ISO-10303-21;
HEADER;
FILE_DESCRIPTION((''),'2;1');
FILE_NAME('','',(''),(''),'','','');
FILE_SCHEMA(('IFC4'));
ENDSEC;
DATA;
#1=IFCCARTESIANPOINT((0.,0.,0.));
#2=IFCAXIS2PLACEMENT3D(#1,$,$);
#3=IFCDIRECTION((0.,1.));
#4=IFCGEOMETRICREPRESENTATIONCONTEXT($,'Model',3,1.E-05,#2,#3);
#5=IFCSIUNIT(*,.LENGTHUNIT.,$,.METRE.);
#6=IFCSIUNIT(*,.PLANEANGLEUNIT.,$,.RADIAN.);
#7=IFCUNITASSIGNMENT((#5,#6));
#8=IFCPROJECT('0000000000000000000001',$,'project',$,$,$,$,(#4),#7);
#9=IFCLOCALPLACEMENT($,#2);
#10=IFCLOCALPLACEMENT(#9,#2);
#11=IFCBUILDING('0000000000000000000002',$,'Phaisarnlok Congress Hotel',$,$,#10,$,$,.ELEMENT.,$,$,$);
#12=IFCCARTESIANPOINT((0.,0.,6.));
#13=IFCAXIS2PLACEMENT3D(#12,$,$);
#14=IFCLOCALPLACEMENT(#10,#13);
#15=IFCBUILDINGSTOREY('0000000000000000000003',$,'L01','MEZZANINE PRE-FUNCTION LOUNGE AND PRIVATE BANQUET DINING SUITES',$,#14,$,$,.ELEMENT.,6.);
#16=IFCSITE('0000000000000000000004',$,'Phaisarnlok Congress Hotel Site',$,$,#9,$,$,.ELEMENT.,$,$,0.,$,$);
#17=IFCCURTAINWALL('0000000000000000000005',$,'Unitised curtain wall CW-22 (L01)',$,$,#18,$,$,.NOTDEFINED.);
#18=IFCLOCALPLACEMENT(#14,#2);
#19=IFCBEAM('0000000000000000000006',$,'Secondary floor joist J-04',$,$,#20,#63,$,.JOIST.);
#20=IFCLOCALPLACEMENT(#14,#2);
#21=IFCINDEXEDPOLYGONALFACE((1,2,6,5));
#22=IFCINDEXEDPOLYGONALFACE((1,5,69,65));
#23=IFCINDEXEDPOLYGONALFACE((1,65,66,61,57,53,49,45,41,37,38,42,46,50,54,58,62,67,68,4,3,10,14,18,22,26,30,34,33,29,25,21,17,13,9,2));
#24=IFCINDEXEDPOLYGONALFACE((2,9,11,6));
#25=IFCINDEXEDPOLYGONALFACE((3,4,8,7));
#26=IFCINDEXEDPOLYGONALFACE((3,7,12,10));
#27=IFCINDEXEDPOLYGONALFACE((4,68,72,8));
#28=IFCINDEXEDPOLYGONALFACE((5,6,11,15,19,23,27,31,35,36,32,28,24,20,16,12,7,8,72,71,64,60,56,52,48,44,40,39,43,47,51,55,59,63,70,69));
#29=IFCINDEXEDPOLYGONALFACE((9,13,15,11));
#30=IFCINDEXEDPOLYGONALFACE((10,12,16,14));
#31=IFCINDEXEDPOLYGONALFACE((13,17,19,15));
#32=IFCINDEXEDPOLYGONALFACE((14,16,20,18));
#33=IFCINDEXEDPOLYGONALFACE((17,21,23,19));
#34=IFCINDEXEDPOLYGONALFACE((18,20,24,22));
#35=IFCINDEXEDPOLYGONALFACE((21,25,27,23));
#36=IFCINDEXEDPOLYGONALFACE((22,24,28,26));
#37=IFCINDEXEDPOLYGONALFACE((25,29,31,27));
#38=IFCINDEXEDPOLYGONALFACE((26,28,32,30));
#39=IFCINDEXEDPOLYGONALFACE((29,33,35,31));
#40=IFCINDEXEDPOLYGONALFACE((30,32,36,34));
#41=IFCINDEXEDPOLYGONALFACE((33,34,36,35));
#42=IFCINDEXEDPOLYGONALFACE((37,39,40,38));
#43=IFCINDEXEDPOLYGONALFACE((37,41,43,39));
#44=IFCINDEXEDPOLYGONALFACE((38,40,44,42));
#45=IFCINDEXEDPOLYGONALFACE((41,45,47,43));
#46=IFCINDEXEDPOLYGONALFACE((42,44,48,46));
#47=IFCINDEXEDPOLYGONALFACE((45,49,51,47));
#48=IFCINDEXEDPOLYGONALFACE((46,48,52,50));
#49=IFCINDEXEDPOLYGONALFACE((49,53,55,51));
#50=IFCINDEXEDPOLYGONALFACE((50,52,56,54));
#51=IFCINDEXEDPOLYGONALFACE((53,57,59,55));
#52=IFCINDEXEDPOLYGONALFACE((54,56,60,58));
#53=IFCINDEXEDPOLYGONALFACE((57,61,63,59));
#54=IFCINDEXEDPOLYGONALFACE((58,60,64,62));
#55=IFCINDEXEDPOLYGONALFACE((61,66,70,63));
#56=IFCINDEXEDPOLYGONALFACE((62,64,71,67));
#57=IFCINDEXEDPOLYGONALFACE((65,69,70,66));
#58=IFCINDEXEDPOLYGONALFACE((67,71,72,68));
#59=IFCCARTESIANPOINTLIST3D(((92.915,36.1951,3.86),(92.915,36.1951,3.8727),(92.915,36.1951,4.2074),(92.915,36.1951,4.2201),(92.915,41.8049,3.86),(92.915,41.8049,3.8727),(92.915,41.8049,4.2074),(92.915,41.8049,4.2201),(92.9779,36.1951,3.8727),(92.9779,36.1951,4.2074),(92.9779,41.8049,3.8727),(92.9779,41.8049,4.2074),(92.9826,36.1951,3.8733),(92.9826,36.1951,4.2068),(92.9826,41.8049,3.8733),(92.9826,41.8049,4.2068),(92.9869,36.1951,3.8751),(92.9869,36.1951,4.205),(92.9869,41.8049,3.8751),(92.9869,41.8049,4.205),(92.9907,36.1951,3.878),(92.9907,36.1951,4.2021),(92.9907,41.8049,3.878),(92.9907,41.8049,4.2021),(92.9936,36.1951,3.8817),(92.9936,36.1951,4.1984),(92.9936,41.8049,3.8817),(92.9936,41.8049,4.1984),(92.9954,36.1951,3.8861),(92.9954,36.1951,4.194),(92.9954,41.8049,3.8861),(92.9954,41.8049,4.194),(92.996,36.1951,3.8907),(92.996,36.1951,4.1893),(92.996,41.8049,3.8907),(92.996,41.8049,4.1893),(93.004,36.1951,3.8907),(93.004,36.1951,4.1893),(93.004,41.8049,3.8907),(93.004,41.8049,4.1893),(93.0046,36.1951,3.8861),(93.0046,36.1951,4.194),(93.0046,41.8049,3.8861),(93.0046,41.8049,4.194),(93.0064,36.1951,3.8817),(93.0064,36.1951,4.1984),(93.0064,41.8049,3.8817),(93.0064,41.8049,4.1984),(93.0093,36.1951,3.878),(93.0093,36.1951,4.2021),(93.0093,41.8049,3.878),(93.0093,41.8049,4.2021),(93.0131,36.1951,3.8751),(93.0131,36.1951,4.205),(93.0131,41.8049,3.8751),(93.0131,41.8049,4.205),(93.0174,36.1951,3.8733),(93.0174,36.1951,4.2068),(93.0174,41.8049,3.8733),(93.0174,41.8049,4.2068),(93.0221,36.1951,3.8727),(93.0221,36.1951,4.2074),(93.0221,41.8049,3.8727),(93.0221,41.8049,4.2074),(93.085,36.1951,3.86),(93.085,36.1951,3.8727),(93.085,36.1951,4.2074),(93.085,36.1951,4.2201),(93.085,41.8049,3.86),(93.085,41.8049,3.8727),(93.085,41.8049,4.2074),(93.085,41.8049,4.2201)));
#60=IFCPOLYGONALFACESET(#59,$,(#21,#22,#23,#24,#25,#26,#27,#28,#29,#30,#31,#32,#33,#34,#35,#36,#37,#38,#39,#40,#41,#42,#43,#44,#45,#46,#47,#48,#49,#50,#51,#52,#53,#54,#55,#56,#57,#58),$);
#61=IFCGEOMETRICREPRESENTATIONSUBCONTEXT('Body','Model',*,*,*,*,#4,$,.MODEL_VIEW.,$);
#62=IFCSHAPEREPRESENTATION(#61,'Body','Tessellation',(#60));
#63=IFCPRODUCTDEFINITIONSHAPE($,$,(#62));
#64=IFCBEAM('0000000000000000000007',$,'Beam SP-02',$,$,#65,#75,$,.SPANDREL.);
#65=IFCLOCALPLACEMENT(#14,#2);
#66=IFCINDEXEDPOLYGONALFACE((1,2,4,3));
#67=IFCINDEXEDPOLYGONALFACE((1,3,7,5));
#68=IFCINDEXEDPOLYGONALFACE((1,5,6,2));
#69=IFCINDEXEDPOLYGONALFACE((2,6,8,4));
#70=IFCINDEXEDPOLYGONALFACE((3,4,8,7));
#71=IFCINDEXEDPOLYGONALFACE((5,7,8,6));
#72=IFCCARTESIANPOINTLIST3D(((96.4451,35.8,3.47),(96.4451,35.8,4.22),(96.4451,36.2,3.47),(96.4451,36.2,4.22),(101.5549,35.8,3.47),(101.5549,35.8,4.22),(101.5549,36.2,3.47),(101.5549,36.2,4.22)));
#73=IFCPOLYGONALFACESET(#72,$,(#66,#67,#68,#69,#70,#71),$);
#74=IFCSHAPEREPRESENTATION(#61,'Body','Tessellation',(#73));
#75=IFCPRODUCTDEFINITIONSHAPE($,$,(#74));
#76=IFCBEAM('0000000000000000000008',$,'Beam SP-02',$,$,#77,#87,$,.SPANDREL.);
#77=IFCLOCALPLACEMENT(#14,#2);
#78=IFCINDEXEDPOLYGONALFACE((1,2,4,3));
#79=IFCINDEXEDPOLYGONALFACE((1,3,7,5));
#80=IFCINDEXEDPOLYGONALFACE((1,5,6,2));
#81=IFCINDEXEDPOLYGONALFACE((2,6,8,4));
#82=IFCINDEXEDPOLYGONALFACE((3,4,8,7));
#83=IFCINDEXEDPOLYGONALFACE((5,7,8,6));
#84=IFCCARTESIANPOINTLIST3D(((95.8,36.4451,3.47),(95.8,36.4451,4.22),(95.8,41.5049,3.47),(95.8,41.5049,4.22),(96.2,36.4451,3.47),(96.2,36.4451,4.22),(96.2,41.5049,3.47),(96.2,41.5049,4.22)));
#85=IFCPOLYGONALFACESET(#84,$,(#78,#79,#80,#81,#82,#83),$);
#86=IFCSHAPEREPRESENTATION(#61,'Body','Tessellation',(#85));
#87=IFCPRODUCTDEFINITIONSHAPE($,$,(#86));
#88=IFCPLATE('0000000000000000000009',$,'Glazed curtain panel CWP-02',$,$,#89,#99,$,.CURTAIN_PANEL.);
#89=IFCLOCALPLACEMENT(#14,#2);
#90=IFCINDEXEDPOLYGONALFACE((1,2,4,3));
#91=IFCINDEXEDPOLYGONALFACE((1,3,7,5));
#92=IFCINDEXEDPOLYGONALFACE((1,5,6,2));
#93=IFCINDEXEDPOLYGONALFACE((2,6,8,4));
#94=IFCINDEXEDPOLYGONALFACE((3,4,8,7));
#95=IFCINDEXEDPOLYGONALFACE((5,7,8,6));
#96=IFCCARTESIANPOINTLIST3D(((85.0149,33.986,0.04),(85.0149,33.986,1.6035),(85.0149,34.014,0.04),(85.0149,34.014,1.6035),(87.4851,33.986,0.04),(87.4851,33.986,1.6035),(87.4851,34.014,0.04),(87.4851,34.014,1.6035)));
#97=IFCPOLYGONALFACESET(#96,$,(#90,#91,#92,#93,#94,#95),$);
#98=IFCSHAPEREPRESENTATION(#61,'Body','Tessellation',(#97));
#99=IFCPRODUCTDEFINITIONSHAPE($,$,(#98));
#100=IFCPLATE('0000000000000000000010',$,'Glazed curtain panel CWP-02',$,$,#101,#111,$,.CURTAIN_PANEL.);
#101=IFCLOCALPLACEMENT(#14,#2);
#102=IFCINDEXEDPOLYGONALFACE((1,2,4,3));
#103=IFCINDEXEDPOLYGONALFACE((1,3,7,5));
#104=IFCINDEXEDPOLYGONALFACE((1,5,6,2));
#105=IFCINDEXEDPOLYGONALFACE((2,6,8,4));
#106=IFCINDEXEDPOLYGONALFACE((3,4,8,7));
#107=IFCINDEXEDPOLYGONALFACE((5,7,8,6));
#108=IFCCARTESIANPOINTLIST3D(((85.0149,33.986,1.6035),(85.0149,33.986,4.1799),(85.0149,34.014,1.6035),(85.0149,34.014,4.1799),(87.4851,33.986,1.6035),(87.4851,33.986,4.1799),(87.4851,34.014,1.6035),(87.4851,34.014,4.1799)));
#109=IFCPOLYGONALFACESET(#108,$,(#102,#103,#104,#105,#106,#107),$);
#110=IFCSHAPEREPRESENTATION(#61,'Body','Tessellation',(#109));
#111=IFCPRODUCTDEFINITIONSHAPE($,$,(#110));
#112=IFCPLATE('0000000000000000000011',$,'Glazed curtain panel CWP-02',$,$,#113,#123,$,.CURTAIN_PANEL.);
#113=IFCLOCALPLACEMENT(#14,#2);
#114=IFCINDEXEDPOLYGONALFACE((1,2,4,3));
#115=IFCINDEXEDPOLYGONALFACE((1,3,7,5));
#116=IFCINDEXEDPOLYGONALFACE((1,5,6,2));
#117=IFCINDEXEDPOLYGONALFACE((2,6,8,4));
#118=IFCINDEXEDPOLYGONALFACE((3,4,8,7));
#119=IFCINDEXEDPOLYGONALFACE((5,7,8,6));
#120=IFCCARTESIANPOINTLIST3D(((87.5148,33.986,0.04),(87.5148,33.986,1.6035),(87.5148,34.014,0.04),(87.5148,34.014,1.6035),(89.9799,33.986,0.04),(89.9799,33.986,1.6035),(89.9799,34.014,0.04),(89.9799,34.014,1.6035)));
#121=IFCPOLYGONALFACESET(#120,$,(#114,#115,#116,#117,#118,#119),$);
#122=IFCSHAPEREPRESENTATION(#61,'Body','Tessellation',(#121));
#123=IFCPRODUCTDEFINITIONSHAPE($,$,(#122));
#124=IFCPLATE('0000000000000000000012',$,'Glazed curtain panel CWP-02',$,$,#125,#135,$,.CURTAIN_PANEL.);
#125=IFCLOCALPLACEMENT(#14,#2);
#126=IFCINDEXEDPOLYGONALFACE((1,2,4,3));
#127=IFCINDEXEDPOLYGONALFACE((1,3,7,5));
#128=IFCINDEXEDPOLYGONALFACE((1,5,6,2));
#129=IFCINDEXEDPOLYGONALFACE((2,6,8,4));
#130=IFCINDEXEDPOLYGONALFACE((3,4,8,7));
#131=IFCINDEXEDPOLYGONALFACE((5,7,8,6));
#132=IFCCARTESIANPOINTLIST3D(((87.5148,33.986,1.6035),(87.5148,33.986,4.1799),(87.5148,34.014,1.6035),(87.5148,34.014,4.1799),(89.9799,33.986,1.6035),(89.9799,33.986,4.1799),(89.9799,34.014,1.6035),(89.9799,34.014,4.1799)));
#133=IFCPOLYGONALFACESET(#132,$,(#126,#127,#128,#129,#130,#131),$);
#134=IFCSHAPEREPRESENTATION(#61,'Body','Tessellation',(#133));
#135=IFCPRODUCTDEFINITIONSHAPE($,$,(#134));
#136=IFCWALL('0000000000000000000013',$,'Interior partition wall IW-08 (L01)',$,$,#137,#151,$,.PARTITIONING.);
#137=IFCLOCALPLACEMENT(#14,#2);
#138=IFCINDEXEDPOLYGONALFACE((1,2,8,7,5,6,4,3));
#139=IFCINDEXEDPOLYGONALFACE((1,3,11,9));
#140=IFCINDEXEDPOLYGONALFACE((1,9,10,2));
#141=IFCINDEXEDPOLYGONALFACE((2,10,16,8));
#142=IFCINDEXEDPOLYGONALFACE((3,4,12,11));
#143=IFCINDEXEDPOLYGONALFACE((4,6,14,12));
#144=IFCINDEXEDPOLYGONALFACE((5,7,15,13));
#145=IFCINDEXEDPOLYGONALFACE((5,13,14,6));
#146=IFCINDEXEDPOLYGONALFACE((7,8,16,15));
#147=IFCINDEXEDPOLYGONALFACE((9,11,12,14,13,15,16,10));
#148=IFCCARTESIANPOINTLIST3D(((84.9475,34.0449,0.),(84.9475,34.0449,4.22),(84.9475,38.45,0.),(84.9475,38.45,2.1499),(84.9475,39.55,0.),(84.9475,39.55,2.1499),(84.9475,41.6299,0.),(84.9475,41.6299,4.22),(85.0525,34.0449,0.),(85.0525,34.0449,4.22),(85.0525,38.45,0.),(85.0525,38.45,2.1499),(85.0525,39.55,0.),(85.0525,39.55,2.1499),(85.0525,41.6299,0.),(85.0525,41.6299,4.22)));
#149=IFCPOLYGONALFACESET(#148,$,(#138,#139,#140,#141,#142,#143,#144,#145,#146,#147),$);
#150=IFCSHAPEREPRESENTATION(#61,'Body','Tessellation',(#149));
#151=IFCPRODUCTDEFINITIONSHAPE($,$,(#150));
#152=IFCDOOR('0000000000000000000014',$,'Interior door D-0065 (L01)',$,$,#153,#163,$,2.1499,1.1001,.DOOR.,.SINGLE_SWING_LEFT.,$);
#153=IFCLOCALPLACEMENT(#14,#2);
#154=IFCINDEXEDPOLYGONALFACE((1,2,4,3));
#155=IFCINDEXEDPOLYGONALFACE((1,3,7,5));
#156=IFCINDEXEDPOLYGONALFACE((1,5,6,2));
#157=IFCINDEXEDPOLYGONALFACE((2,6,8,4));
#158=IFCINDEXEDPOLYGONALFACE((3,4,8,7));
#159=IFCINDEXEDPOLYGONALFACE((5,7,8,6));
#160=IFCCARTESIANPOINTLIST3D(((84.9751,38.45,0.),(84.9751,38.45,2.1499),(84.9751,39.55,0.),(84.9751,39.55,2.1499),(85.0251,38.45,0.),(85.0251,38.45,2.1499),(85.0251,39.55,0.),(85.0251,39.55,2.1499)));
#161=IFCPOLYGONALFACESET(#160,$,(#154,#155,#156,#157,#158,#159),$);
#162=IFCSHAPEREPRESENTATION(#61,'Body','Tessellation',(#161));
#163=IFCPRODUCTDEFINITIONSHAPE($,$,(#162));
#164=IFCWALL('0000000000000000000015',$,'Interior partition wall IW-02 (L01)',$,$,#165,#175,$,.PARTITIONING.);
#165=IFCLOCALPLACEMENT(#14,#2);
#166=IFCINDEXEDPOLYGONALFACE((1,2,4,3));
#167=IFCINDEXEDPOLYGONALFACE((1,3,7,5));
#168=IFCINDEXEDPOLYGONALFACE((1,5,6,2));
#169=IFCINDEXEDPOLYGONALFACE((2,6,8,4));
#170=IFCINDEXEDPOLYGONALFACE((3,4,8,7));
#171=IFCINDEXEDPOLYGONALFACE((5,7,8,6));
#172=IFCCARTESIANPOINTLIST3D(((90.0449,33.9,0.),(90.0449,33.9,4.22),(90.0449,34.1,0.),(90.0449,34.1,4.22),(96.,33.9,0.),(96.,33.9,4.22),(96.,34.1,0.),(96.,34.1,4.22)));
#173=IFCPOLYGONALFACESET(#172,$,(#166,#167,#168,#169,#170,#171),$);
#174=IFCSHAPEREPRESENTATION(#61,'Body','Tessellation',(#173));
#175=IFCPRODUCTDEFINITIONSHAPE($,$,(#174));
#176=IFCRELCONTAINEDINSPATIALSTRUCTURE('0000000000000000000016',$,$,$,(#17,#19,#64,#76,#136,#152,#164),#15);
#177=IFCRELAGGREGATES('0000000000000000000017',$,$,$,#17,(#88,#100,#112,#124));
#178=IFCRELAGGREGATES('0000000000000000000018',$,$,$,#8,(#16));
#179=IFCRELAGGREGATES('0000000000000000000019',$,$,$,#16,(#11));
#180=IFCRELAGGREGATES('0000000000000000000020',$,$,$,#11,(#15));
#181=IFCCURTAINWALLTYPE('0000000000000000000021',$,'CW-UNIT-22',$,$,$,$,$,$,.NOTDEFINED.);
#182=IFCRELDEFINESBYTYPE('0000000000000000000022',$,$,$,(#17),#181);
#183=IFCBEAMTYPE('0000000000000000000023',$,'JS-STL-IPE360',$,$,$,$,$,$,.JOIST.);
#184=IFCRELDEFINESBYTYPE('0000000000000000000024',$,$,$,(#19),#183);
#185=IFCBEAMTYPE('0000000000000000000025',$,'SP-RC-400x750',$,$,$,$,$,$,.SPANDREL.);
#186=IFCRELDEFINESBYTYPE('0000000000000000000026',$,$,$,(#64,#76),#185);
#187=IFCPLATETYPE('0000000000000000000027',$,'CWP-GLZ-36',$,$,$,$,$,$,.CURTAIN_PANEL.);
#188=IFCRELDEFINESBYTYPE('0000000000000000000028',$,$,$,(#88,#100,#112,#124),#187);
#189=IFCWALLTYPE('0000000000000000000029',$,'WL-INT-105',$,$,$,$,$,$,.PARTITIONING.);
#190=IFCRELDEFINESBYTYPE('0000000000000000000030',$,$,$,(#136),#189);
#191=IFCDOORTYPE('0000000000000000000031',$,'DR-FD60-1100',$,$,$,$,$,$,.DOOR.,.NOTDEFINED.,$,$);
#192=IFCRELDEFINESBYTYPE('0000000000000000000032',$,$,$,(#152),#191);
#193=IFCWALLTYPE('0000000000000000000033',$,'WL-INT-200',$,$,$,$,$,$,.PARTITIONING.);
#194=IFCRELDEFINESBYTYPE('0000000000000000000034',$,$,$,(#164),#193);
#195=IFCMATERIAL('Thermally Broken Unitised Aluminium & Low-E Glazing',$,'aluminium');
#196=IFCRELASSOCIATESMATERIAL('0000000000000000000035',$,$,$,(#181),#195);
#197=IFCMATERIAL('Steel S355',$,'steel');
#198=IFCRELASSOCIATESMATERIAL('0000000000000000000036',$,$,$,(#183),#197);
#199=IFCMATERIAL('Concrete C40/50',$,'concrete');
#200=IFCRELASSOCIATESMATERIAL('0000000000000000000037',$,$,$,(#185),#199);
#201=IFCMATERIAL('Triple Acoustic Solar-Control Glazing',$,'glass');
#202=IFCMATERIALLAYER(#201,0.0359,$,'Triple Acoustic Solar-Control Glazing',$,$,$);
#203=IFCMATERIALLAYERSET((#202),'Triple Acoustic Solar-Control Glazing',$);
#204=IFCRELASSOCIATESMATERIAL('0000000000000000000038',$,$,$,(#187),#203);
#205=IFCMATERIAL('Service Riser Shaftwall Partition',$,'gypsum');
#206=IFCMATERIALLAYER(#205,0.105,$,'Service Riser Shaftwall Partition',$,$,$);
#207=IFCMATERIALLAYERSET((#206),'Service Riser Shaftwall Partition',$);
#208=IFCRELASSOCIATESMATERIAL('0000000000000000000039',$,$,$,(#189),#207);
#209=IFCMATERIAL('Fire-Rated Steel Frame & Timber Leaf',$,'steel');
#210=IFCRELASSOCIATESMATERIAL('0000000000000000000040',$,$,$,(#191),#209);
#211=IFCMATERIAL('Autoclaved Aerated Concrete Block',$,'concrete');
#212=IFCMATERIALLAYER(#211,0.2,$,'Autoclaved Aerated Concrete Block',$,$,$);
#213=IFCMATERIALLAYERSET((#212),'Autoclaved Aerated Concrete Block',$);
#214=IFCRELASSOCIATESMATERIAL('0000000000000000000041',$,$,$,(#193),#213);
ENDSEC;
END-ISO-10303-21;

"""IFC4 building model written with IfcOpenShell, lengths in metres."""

from ifc_helpers import new_model, si_unit, direction, frame, frame_2d, origin, origin_2d, place, context, subcontext, project, spatial, rectangle, i_section, extrude, material, layer, layer_set, material_profile, profile_set, type_object, element, fill, aggregate, save


model = new_model("IFC4")

# Units and contexts
model_context = context("Model", 3, precision=1e-05, world=origin(), true_north=direction((0.0, 1.0)))
body_context = subcontext(model_context, "Body", "Model", "MODEL_VIEW")
ifc_project = project(units=[si_unit("LENGTHUNIT", "METRE"), si_unit("PLANEANGLEUNIT", "RADIAN")], contexts=[model_context])

# Site, building, storey
site_placement = place(None, origin())
site = spatial("IfcSite", under=ifc_project, at=site_placement, Name="Phaisarnlok Congress Hotel Site", CompositionType="ELEMENT", RefElevation=0.0)
building_placement = place(site_placement, origin())
building = spatial("IfcBuilding", under=site, at=building_placement, Name="Phaisarnlok Congress Hotel", CompositionType="ELEMENT")
storey_placement = place(building_placement, frame((0.0, 0.0, 6.0)))
storey = spatial("IfcBuildingStorey", under=building, at=storey_placement, Name="L01", Description="MEZZANINE PRE-FUNCTION LOUNGE AND PRIVATE BANQUET DINING SUITES", CompositionType="ELEMENT", Elevation=6.0)

# Shared definitions
ifc_material_1 = material(Name="Concrete C40/50", Category="concrete")
ifc_material_2 = material(Name="Steel S355", Category="steel")

# Curtain wall
ifc_material_3 = material(Name="Thermally Broken Unitised Aluminium & Low-E Glazing", Category="aluminium")
curtain_wall_type = type_object("IfcCurtainWallType", Name="CW-UNIT-22", PredefinedType="NOTDEFINED", material=ifc_material_3)
curtain_wall_placement = place(storey_placement, origin())
curtain_wall = element("IfcCurtainWall", 1, at=curtain_wall_placement, inside=storey, type_object=curtain_wall_type, Name="Unitised curtain wall CW-22 (L01)", PredefinedType="NOTDEFINED")

# Beams
ifc_material_profile_1 = material_profile(ifc_material_2, i_section(OverallWidth=0.1699, OverallDepth=0.3601, WebThickness=0.0081, FlangeThickness=0.0127, FilletRadius=0.0181, at=origin_2d()), Name="IPE 360")
ifc_profile_set_1 = profile_set([ifc_material_profile_1], Name="Steel S355")
beam_type_1 = type_object("IfcBeamType", Name="JS-STL-IPE360", PredefinedType="JOIST", material=ifc_profile_set_1)
beam_1_placement = place(storey_placement, frame((93.0, 36.1951, 4.04), z_axis=(0.0, 1.0, 0.0), x_axis=(-1.0, 0.0, 0.0)))
element("IfcBeam", 2, at=beam_1_placement, inside=storey, type_object=beam_type_1, Name="Secondary floor joist J-04", PredefinedType="JOIST", context=body_context, shape_type="SweptSolid", body=[
    extrude(i_section(OverallWidth=0.1699, OverallDepth=0.3601, WebThickness=0.0081, FlangeThickness=0.0127, FilletRadius=0.0181, at=origin_2d()), origin(), (0.0, 0.0, 1.0), 5.6099),
])
ifc_material_profile_2 = material_profile(ifc_material_1, rectangle(XDim=0.3999, YDim=0.75, at=origin_2d()), Name="RC 400x750")
ifc_profile_set_2 = profile_set([ifc_material_profile_2], Name="Concrete C40/50")
beam_type_2 = type_object("IfcBeamType", Name="SP-RC-400x750", PredefinedType="SPANDREL", material=ifc_profile_set_2)
beam_2_placement = place(storey_placement, frame((96.4451, 36.0, 3.845), z_axis=(1.0, 0.0, 0.0), x_axis=(0.0, 1.0, 0.0)))
element("IfcBeam", 3, at=beam_2_placement, inside=storey, type_object=beam_type_2, Name="Beam SP-02", PredefinedType="SPANDREL", context=body_context, shape_type="SweptSolid", body=[
    extrude(rectangle(XDim=0.3999, YDim=0.75, at=origin_2d()), origin(), (0.0, 0.0, 1.0), 5.1099),
])
beam_3_placement = place(storey_placement, frame((96.0, 36.4451, 3.845), z_axis=(0.0, 1.0, 0.0), x_axis=(-1.0, 0.0, 0.0)))
element("IfcBeam", 4, at=beam_3_placement, inside=storey, type_object=beam_type_2, Name="Beam SP-02", PredefinedType="SPANDREL", context=body_context, shape_type="SweptSolid", body=[
    extrude(rectangle(XDim=0.3999, YDim=0.75, at=origin_2d()), origin(), (0.0, 0.0, 1.0), 5.0598),
])

# Plates
ifc_material_4 = material(Name="Triple Acoustic Solar-Control Glazing", Category="glass")
ifc_layer_1 = layer(ifc_material_4, 0.0359, Name="Triple Acoustic Solar-Control Glazing")
ifc_layer_set_1 = layer_set([ifc_layer_1], Name="Triple Acoustic Solar-Control Glazing")
plate_type = type_object("IfcPlateType", Name="CWP-GLZ-36", PredefinedType="CURTAIN_PANEL", material=ifc_layer_set_1)
plate_1_placement = place(storey_placement, frame((85.0149, 34.0, 0.04), z_axis=(0.0, 0.0, 1.0), x_axis=(1.0, 0.0, 0.0)))
plate_1 = element("IfcPlate", 5, at=plate_1_placement, type_object=plate_type, Name="Glazed curtain panel CWP-02", PredefinedType="CURTAIN_PANEL", context=body_context, shape_type="SweptSolid", body=[
    extrude(rectangle(XDim=2.4702, YDim=0.0281, at=frame_2d((1.2351, 0.0))), origin(), (0.0, 0.0, 1.0), 1.5635),
])
plate_2_placement = place(storey_placement, frame((85.0149, 34.0, 1.6035), z_axis=(0.0, 0.0, 1.0), x_axis=(1.0, 0.0, 0.0)))
plate_2 = element("IfcPlate", 6, at=plate_2_placement, type_object=plate_type, Name="Glazed curtain panel CWP-02", PredefinedType="CURTAIN_PANEL", context=body_context, shape_type="SweptSolid", body=[
    extrude(rectangle(XDim=2.4702, YDim=0.0281, at=frame_2d((1.2351, 0.0))), origin(), (0.0, 0.0, 1.0), 2.5764),
])
plate_3_placement = place(storey_placement, frame((87.5149, 34.0, 0.04), z_axis=(0.0, 0.0, 1.0), x_axis=(1.0, 0.0, 0.0)))
plate_3 = element("IfcPlate", 7, at=plate_3_placement, type_object=plate_type, Name="Glazed curtain panel CWP-02", PredefinedType="CURTAIN_PANEL", context=body_context, shape_type="SweptSolid", body=[
    extrude(rectangle(XDim=2.4651, YDim=0.0281, at=frame_2d((1.2324, 0.0))), origin(), (0.0, 0.0, 1.0), 1.5635),
])
plate_4_placement = place(storey_placement, frame((87.5149, 34.0, 1.6035), z_axis=(0.0, 0.0, 1.0), x_axis=(1.0, 0.0, 0.0)))
plate_4 = element("IfcPlate", 8, at=plate_4_placement, type_object=plate_type, Name="Glazed curtain panel CWP-02", PredefinedType="CURTAIN_PANEL", context=body_context, shape_type="SweptSolid", body=[
    extrude(rectangle(XDim=2.4651, YDim=0.0281, at=frame_2d((1.2324, 0.0))), origin(), (0.0, 0.0, 1.0), 2.5764),
])
aggregate(curtain_wall, [plate_1, plate_2, plate_3, plate_4])

# Wall, opening, door
ifc_material_5 = material(Name="Service Riser Shaftwall Partition", Category="gypsum")
ifc_layer_2 = layer(ifc_material_5, 0.105, Name="Service Riser Shaftwall Partition")
ifc_layer_set_2 = layer_set([ifc_layer_2], Name="Service Riser Shaftwall Partition")
wall_type_1 = type_object("IfcWallType", Name="WL-INT-105", PredefinedType="PARTITIONING", material=ifc_layer_set_2)
wall_1_placement = place(storey_placement, frame((85.0, 34.0449, 0.0), z_axis=(0.0, 0.0, 1.0), x_axis=(0.0, 1.0, 0.0)))
wall_1 = element("IfcWall", 9, at=wall_1_placement, inside=storey, type_object=wall_type_1, Name="Interior partition wall IW-08 (L01)", PredefinedType="PARTITIONING", context=body_context, shape_type="SweptSolid", body=[
    extrude(rectangle(XDim=7.585, YDim=0.105, at=frame_2d((3.7925, 0.0))), origin(), (0.0, 0.0, 1.0), 4.22),
])
opening_placement = place(wall_1_placement, frame((4.405, 0.0, 0.0)))
opening = element("IfcOpeningElement", 10, at=opening_placement, cuts=wall_1, PredefinedType="OPENING", context=body_context, shape_type="SweptSolid", body=[
    extrude(rectangle(XDim=1.1001, YDim=2.1499, at=frame_2d((0.55, 1.075))), frame((0.0, 0.0625, 0.0), z_axis=(0.0, -1.0, 0.0), x_axis=(1.0, 0.0, 0.0)), (0.0, 0.0, 1.0), 0.125),
])
ifc_material_6 = material(Name="Fire-Rated Steel Frame & Timber Leaf", Category="steel")
door_type = type_object("IfcDoorType", Name="DR-FD60-1100", OperationType="NOTDEFINED", PredefinedType="DOOR", material=ifc_material_6)
door_placement = place(opening_placement, origin())
door = element("IfcDoor", 11, at=door_placement, inside=storey, type_object=door_type, Name="Interior door D-0065 (L01)", OperationType="SINGLE_SWING_LEFT", OverallHeight=2.1499, OverallWidth=1.1001, PredefinedType="DOOR", context=body_context, shape_type="SweptSolid", body=[
    extrude(rectangle(XDim=1.1001, YDim=2.1499, at=frame_2d((0.55, 1.075))), frame((0.0, 0.0249, 0.0), z_axis=(0.0, -1.0, 0.0), x_axis=(1.0, 0.0, 0.0)), (0.0, 0.0, 1.0), 0.05),
])
fill(opening, door)

# Wall
ifc_material_7 = material(Name="Autoclaved Aerated Concrete Block", Category="concrete")
ifc_layer_3 = layer(ifc_material_7, 0.2, Name="Autoclaved Aerated Concrete Block")
ifc_layer_set_3 = layer_set([ifc_layer_3], Name="Autoclaved Aerated Concrete Block")
wall_type_2 = type_object("IfcWallType", Name="WL-INT-200", PredefinedType="PARTITIONING", material=ifc_layer_set_3)
wall_2_placement = place(storey_placement, frame((90.0449, 34.0, 0.0), z_axis=(0.0, 0.0, 1.0), x_axis=(1.0, 0.0, 0.0)))
element("IfcWall", 12, at=wall_2_placement, inside=storey, type_object=wall_type_2, Name="Interior partition wall IW-02 (L01)", PredefinedType="PARTITIONING", context=body_context, shape_type="SweptSolid", body=[
    extrude(rectangle(XDim=5.9551, YDim=0.2, at=frame_2d((2.9775, 0.0))), origin(), (0.0, 0.0, 1.0), 4.22),
])

save(model, "model.ifc")
